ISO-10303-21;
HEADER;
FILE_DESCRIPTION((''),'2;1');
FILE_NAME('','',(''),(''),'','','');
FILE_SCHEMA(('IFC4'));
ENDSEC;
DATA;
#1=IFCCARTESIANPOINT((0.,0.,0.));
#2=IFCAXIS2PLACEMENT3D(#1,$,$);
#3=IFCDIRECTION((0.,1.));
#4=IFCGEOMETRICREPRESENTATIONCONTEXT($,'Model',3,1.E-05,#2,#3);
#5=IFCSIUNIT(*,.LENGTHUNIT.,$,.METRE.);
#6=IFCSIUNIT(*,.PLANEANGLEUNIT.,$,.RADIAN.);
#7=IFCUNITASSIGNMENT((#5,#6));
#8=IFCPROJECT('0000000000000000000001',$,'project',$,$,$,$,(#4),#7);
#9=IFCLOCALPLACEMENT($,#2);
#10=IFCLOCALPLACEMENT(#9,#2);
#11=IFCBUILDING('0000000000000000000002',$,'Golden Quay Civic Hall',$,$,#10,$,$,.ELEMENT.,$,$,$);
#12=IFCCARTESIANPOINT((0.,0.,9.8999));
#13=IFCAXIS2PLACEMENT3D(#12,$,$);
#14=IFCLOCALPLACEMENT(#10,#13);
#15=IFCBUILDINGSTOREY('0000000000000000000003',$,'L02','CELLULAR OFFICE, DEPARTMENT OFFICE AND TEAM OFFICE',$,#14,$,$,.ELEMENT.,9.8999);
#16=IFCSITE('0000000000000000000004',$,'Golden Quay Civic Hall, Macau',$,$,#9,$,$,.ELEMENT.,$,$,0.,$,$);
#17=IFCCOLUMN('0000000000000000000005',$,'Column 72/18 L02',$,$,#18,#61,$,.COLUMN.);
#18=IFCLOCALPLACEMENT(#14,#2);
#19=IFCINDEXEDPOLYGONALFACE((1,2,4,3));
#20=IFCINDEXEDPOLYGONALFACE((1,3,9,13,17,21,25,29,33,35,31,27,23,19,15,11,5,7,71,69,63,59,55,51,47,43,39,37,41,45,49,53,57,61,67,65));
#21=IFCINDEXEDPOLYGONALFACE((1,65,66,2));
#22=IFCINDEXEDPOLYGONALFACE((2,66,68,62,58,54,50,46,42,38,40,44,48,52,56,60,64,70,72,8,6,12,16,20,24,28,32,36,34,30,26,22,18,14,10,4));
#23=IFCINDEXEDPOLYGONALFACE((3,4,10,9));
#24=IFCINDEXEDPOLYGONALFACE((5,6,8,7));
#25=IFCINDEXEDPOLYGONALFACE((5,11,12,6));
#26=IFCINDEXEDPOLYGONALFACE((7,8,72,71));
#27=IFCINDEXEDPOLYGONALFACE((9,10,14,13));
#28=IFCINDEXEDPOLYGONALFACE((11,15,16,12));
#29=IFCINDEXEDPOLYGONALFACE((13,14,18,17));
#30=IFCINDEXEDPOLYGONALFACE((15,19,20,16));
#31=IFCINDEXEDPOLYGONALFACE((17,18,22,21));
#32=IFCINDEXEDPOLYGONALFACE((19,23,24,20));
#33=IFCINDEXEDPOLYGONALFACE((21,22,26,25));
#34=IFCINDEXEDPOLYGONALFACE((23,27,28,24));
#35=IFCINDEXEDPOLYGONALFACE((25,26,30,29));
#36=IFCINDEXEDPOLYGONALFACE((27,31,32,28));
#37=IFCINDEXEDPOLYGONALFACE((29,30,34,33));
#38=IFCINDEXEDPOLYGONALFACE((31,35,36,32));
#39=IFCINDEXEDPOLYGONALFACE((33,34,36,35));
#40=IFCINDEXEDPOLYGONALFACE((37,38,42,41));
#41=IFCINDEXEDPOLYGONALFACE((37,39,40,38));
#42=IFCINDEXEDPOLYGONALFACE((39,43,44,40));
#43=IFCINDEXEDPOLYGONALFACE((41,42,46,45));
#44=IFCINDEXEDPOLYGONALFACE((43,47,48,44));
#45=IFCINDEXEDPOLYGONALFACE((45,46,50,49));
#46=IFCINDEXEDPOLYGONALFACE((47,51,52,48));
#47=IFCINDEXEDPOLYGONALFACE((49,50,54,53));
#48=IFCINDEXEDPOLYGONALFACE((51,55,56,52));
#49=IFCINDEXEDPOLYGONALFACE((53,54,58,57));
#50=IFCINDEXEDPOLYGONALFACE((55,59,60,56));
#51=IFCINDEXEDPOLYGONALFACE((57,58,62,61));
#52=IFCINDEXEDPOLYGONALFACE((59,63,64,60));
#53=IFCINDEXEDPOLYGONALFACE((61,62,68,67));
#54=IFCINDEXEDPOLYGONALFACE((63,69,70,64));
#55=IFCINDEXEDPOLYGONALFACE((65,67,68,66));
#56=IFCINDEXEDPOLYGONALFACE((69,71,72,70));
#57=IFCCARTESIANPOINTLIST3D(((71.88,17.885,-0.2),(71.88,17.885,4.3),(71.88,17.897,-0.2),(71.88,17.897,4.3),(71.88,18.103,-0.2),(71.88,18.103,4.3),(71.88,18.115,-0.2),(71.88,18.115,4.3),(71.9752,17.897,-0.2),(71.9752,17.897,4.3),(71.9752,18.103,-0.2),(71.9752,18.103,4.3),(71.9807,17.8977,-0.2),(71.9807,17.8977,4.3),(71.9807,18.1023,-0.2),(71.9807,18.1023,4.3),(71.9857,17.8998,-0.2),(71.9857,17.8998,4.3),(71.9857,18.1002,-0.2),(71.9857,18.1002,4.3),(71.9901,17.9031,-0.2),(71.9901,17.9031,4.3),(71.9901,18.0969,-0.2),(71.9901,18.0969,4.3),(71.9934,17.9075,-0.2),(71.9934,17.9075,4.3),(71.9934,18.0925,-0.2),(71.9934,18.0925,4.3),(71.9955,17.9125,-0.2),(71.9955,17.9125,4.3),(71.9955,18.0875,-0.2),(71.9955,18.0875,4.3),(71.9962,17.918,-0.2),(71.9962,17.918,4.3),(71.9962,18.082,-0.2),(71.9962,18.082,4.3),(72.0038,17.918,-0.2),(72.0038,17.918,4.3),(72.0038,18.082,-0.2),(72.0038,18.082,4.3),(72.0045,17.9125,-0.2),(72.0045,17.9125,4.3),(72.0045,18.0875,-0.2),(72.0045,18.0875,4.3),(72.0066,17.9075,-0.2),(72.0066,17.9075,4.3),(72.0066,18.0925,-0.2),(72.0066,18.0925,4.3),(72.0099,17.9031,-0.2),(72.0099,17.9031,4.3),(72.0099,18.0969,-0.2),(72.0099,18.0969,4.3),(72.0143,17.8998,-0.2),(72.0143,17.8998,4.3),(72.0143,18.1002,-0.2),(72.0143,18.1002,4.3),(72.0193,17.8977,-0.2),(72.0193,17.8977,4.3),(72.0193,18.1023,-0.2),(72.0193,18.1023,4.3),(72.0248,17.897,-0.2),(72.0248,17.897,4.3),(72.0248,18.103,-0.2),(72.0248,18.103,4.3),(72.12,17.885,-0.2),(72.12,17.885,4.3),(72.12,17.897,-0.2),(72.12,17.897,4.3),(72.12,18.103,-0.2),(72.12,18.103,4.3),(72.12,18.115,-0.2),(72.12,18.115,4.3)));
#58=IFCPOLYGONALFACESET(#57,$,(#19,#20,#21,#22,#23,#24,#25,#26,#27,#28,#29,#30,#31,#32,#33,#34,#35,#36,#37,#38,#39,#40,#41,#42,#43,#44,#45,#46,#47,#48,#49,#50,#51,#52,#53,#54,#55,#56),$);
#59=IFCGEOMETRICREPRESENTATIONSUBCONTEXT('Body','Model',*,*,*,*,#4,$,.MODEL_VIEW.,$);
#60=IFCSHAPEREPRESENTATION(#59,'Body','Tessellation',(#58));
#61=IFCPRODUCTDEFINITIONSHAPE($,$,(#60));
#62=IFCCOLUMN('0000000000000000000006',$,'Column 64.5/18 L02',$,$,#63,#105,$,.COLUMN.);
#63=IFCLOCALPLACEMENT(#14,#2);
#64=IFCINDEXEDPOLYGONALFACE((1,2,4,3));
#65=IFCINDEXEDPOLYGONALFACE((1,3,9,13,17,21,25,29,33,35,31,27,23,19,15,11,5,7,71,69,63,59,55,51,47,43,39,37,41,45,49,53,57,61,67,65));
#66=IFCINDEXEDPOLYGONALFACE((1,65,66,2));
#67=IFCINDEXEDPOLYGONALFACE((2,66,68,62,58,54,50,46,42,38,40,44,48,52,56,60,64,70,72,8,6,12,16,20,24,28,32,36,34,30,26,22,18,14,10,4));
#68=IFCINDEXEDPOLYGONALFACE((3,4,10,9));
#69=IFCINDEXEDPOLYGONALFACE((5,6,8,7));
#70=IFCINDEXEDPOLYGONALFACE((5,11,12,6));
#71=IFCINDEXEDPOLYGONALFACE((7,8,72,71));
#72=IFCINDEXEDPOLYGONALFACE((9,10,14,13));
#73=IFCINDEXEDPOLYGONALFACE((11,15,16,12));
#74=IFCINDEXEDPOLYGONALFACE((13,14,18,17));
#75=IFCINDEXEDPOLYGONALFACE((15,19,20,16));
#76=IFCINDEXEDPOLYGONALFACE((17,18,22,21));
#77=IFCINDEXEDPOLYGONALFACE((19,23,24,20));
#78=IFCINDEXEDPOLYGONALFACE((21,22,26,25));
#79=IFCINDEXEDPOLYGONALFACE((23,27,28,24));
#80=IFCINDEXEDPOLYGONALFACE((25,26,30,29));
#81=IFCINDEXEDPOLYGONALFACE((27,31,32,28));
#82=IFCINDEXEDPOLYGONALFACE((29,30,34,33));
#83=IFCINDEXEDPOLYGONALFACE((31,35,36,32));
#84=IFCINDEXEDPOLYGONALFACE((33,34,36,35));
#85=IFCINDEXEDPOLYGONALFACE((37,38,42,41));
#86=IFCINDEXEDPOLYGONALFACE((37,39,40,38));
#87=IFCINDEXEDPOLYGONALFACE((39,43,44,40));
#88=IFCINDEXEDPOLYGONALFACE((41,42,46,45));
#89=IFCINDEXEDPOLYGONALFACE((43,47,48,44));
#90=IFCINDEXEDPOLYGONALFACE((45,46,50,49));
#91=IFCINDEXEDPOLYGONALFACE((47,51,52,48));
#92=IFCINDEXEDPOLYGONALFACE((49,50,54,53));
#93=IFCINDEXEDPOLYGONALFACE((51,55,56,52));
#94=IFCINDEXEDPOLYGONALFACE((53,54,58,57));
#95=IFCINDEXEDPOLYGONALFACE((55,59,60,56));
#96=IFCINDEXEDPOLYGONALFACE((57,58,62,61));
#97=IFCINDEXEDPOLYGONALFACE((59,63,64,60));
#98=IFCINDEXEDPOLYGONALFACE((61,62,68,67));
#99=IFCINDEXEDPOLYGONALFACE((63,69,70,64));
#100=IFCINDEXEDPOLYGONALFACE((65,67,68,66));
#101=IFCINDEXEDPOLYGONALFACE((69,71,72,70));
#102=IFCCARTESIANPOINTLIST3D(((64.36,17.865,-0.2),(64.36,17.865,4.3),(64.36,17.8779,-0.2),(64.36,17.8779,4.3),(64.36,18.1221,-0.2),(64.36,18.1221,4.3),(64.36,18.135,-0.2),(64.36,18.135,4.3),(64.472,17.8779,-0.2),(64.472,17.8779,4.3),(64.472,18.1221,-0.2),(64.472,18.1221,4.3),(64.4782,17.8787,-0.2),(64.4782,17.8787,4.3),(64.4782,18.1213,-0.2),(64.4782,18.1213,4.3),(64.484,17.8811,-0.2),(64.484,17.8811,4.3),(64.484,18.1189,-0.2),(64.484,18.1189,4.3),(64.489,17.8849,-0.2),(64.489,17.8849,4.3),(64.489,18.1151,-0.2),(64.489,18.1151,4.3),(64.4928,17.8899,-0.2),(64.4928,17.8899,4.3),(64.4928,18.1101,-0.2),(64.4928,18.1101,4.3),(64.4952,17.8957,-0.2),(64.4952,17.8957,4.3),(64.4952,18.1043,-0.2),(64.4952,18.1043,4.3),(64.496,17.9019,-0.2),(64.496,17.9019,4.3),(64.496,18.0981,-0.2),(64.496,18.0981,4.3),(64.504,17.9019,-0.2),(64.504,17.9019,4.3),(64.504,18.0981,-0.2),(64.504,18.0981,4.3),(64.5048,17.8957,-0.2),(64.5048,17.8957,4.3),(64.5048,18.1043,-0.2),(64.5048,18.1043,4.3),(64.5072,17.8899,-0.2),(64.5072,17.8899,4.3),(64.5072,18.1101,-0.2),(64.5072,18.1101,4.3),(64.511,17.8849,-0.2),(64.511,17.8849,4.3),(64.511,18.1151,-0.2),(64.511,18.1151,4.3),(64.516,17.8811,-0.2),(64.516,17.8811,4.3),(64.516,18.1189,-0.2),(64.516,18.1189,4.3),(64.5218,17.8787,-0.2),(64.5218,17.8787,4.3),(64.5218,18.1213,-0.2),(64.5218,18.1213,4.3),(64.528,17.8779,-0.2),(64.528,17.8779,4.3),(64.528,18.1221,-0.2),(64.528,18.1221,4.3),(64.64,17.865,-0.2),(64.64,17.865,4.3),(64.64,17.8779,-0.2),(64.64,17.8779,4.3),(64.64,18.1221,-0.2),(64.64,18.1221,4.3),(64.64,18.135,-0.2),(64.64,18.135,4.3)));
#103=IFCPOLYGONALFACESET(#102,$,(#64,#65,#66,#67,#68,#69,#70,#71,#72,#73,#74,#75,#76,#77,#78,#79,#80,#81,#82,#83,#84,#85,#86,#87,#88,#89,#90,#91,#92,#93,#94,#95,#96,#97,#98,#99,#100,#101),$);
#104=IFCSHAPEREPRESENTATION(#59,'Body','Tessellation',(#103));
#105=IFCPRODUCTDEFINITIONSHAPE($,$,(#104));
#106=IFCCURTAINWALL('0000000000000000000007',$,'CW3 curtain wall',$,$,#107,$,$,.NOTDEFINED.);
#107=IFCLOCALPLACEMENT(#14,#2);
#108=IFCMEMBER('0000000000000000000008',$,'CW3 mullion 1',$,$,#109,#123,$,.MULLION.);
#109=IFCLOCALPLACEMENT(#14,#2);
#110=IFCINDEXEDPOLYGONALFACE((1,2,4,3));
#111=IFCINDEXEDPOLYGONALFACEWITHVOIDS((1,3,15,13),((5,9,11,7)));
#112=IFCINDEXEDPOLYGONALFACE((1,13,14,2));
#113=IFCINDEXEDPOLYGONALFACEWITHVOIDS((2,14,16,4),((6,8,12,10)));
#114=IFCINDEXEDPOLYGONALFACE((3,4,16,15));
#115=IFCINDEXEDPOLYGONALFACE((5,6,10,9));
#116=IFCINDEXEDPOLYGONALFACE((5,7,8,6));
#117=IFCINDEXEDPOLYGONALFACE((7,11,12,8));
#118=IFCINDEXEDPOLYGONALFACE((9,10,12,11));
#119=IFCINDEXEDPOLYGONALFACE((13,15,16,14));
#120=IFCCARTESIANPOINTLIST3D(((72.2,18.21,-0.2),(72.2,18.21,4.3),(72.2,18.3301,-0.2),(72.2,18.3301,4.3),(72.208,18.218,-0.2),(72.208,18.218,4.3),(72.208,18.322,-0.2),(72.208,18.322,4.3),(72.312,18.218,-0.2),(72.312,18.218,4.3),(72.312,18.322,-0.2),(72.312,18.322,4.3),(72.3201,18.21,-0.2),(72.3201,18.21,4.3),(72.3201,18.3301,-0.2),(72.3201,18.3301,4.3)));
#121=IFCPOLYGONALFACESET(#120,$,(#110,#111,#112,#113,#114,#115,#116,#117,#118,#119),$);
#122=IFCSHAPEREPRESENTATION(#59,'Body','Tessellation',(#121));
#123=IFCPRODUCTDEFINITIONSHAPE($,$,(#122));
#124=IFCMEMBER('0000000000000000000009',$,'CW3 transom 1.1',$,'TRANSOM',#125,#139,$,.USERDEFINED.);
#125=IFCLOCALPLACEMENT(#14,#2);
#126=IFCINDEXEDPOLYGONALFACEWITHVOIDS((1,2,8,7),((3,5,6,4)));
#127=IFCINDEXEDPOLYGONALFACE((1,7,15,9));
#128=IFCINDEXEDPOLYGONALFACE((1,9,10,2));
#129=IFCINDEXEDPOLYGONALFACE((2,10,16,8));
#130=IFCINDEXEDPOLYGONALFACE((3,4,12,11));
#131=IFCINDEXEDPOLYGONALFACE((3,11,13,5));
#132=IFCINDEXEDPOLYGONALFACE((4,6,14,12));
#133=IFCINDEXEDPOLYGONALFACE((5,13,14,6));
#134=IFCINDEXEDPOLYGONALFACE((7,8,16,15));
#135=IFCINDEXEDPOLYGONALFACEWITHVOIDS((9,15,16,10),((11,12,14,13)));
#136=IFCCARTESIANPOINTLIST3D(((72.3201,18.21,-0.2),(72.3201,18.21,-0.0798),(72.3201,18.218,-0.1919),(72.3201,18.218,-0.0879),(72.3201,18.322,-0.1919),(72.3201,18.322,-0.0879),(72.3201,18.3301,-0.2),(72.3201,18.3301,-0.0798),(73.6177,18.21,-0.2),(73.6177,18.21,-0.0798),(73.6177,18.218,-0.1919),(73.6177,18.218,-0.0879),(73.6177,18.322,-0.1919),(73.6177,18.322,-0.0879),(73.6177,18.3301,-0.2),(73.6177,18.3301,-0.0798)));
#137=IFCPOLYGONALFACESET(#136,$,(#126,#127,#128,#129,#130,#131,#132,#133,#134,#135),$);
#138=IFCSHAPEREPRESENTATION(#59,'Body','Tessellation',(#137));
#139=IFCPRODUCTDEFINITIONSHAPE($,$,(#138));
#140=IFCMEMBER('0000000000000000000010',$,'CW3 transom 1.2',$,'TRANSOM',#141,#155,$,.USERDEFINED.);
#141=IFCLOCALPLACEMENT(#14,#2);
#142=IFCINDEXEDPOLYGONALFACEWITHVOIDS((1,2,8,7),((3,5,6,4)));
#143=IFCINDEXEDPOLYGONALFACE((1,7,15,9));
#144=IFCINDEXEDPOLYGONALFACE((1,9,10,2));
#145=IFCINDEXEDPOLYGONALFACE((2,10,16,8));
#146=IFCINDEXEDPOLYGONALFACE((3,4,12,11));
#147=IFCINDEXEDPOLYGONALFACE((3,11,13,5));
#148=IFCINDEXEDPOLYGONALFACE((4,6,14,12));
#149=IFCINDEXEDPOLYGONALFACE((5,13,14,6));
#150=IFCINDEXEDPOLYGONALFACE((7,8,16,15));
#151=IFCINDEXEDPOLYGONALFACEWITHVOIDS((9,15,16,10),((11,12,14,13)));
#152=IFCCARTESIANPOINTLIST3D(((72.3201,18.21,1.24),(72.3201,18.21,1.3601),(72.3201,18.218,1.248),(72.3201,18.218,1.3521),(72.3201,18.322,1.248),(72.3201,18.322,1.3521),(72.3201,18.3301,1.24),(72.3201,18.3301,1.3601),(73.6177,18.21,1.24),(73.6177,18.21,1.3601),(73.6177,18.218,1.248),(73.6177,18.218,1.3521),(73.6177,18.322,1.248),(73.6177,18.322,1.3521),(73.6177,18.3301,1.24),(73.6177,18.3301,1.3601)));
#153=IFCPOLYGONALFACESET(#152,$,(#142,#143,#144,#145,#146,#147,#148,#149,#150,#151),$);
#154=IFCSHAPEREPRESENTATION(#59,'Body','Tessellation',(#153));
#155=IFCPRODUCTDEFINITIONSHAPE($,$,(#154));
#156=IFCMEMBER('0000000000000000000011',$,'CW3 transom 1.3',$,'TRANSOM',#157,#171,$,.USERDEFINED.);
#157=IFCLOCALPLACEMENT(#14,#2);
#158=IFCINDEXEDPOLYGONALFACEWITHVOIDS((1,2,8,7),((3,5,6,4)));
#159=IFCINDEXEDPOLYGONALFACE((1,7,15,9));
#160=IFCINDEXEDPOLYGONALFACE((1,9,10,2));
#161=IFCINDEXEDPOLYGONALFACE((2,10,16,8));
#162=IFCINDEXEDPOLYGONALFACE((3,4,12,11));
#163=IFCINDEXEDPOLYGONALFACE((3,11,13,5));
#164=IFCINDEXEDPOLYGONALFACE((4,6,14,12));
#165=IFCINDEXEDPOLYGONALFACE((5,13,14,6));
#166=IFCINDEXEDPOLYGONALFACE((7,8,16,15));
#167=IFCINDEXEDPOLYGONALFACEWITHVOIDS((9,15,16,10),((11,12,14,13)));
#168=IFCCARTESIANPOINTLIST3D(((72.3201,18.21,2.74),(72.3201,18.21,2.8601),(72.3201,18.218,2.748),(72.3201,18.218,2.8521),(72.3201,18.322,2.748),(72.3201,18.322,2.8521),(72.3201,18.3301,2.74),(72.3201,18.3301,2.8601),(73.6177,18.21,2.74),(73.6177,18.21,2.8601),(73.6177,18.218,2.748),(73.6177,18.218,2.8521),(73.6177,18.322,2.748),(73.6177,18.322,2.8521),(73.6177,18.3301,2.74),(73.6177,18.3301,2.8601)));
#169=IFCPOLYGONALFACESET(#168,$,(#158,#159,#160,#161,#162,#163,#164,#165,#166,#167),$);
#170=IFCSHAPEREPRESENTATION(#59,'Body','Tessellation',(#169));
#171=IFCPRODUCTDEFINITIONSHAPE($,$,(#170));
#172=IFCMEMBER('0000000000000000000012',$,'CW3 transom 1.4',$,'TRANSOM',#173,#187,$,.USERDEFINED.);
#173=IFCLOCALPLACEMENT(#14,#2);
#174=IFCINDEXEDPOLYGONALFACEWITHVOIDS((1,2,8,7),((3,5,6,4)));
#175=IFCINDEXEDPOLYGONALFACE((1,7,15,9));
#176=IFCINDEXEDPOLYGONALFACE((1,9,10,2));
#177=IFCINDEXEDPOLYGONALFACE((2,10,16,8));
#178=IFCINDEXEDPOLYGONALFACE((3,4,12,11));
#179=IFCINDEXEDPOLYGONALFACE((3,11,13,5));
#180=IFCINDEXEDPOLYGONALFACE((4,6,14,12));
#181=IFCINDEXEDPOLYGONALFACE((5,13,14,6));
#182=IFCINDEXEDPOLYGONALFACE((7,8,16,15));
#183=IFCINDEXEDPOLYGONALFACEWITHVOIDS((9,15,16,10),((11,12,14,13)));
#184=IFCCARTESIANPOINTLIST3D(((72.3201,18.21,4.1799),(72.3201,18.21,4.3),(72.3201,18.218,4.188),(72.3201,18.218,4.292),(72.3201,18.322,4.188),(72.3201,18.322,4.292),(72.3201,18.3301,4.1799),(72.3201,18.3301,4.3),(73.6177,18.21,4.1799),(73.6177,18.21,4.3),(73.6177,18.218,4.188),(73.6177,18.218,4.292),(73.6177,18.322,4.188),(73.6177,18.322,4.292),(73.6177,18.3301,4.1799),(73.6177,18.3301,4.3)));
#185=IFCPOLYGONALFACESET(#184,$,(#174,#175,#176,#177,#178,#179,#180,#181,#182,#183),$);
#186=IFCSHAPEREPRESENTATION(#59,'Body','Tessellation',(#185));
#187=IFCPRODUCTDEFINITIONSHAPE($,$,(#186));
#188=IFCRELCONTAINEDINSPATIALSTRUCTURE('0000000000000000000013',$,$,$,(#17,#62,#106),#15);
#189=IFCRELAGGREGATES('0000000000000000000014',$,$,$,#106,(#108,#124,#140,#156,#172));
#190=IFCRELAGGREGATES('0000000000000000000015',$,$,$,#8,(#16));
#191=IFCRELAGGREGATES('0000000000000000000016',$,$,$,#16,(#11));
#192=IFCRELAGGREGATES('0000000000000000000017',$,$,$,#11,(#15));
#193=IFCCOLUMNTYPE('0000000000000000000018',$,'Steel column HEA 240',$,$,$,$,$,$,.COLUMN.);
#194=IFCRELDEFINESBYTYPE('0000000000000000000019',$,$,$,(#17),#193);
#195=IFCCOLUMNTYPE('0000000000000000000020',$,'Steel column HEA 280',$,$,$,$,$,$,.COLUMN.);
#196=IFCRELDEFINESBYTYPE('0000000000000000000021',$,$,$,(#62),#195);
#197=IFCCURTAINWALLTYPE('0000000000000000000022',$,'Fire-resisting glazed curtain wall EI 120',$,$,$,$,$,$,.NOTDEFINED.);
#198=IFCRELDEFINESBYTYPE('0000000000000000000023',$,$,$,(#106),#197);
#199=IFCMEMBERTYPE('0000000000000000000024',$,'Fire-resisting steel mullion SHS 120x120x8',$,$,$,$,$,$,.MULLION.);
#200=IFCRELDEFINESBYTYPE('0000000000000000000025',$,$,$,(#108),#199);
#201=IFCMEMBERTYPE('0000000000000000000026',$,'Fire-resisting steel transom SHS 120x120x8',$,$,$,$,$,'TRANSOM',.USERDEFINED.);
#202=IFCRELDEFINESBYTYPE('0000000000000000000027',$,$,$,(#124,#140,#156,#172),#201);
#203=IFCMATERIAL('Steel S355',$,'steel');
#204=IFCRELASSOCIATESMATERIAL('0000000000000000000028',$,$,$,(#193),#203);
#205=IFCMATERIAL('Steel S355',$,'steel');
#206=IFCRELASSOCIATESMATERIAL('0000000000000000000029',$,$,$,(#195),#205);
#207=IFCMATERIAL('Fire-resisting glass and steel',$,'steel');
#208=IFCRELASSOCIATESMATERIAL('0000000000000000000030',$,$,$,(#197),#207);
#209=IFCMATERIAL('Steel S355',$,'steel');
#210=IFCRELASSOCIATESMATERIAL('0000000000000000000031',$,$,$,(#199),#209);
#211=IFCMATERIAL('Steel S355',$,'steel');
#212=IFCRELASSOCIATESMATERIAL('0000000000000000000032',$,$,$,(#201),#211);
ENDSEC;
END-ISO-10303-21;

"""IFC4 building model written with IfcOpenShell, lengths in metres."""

from ifc_helpers import new_model, si_unit, direction, frame, origin, origin_2d, place, context, subcontext, project, spatial, hollow_rectangle, i_section, extrude, material, material_profile, profile_set, type_object, element, aggregate, save


model = new_model("IFC4")

# Units and contexts
model_context = context("Model", 3, precision=1e-05, world=origin(), true_north=direction((0.0, 1.0)))
body_context = subcontext(model_context, "Body", "Model", "MODEL_VIEW")
ifc_project = project(units=[si_unit("LENGTHUNIT", "METRE"), si_unit("PLANEANGLEUNIT", "RADIAN")], contexts=[model_context])

# Site, building, storey
site_placement = place(None, origin())
site = spatial("IfcSite", under=ifc_project, at=site_placement, Name="Golden Quay Civic Hall, Macau", CompositionType="ELEMENT", RefElevation=0.0)
building_placement = place(site_placement, origin())
building = spatial("IfcBuilding", under=site, at=building_placement, Name="Golden Quay Civic Hall", CompositionType="ELEMENT")
storey_placement = place(building_placement, frame((0.0, 0.0, 9.8999)))
storey = spatial("IfcBuildingStorey", under=building, at=storey_placement, Name="L02", Description="CELLULAR OFFICE, DEPARTMENT OFFICE AND TEAM OFFICE", CompositionType="ELEMENT", Elevation=9.8999)

# Columns
ifc_material_1 = material(Name="Steel S355", Category="steel")
ifc_material_profile_1 = material_profile(ifc_material_1, i_section(OverallWidth=0.24, OverallDepth=0.23, WebThickness=0.0076, FlangeThickness=0.012, FilletRadius=0.021, at=origin_2d()), Name="HEA 240")
ifc_profile_set_1 = profile_set([ifc_material_profile_1], Name="Steel S355")
column_type_1 = type_object("IfcColumnType", Name="Steel column HEA 240", PredefinedType="COLUMN", material=ifc_profile_set_1)
column_1_placement = place(storey_placement, frame((72.0, 18.0, -0.2), z_axis=(0.0, 0.0, 1.0), x_axis=(1.0, 0.0, 0.0)))
element("IfcColumn", 1, at=column_1_placement, inside=storey, type_object=column_type_1, Name="Column 72/18 L02", PredefinedType="COLUMN", context=body_context, shape_type="SweptSolid", body=[
    extrude(i_section(OverallWidth=0.24, OverallDepth=0.23, WebThickness=0.0076, FlangeThickness=0.012, FilletRadius=0.021, at=origin_2d()), origin(), (0.0, 0.0, 1.0), 4.5),
])
ifc_material_2 = material(Name="Steel S355", Category="steel")
ifc_material_profile_2 = material_profile(ifc_material_2, i_section(OverallWidth=0.28, OverallDepth=0.27, WebThickness=0.0081, FlangeThickness=0.0129, FilletRadius=0.0239, at=origin_2d()), Name="HEA 280")
ifc_profile_set_2 = profile_set([ifc_material_profile_2], Name="Steel S355")
column_type_2 = type_object("IfcColumnType", Name="Steel column HEA 280", PredefinedType="COLUMN", material=ifc_profile_set_2)
column_2_placement = place(storey_placement, frame((64.5, 18.0, -0.2), z_axis=(0.0, 0.0, 1.0), x_axis=(1.0, 0.0, 0.0)))
element("IfcColumn", 2, at=column_2_placement, inside=storey, type_object=column_type_2, Name="Column 64.5/18 L02", PredefinedType="COLUMN", context=body_context, shape_type="SweptSolid", body=[
    extrude(i_section(OverallWidth=0.28, OverallDepth=0.27, WebThickness=0.0081, FlangeThickness=0.0129, FilletRadius=0.0239, at=origin_2d()), origin(), (0.0, 0.0, 1.0), 4.5),
])

# Curtain wall, members
ifc_material_3 = material(Name="Fire-resisting glass and steel", Category="steel")
curtain_wall_type = type_object("IfcCurtainWallType", Name="Fire-resisting glazed curtain wall EI 120", PredefinedType="NOTDEFINED", material=ifc_material_3)
curtain_wall_placement = place(storey_placement, origin())
curtain_wall = element("IfcCurtainWall", 3, at=curtain_wall_placement, inside=storey, type_object=curtain_wall_type, Name="CW3 curtain wall", PredefinedType="NOTDEFINED")
ifc_material_4 = material(Name="Steel S355", Category="steel")
ifc_material_profile_3 = material_profile(ifc_material_4, hollow_rectangle(XDim=0.1201, YDim=0.1201, WallThickness=0.0081, at=origin_2d()), Name="SHS 120x120x8")
ifc_profile_set_3 = profile_set([ifc_material_profile_3], Name="Steel S355")
member_type_1 = type_object("IfcMemberType", Name="Fire-resisting steel mullion SHS 120x120x8", PredefinedType="MULLION", material=ifc_profile_set_3)
member_1_placement = place(storey_placement, frame((72.26, 18.27, -0.2), z_axis=(0.0, 0.0, 1.0), x_axis=(0.0, 1.0, 0.0)))
member_1 = element("IfcMember", 4, at=member_1_placement, type_object=member_type_1, Name="CW3 mullion 1", PredefinedType="MULLION", context=body_context, shape_type="SweptSolid", body=[
    extrude(hollow_rectangle(XDim=0.1201, YDim=0.1201, WallThickness=0.0081, at=origin_2d()), origin(), (0.0, 0.0, 1.0), 4.5),
])
ifc_material_5 = material(Name="Steel S355", Category="steel")
ifc_material_profile_4 = material_profile(ifc_material_5, hollow_rectangle(XDim=0.1201, YDim=0.1201, WallThickness=0.0081, at=origin_2d()), Name="SHS 120x120x8")
ifc_profile_set_4 = profile_set([ifc_material_profile_4], Name="Steel S355")
member_type_2 = type_object("IfcMemberType", Name="Fire-resisting steel transom SHS 120x120x8", ElementType="TRANSOM", PredefinedType="USERDEFINED", material=ifc_profile_set_4)
member_2_placement = place(storey_placement, frame((72.3201, 18.27, -0.1399), z_axis=(1.0, 0.0, 0.0), x_axis=(0.0, 1.0, 0.0)))
member_2 = element("IfcMember", 5, at=member_2_placement, type_object=member_type_2, Name="CW3 transom 1.1", ObjectType="TRANSOM", PredefinedType="USERDEFINED", context=body_context, shape_type="SweptSolid", body=[
    extrude(hollow_rectangle(XDim=0.1201, YDim=0.1201, WallThickness=0.0081, at=origin_2d()), origin(), (0.0, 0.0, 1.0), 1.2976),
])
member_3_placement = place(storey_placement, frame((72.3201, 18.27, 1.3), z_axis=(1.0, 0.0, 0.0), x_axis=(0.0, 1.0, 0.0)))
member_3 = element("IfcMember", 6, at=member_3_placement, type_object=member_type_2, Name="CW3 transom 1.2", ObjectType="TRANSOM", PredefinedType="USERDEFINED", context=body_context, shape_type="SweptSolid", body=[
    extrude(hollow_rectangle(XDim=0.1201, YDim=0.1201, WallThickness=0.0081, at=origin_2d()), origin(), (0.0, 0.0, 1.0), 1.2976),
])
member_4_placement = place(storey_placement, frame((72.3201, 18.27, 2.8), z_axis=(1.0, 0.0, 0.0), x_axis=(0.0, 1.0, 0.0)))
member_4 = element("IfcMember", 7, at=member_4_placement, type_object=member_type_2, Name="CW3 transom 1.3", ObjectType="TRANSOM", PredefinedType="USERDEFINED", context=body_context, shape_type="SweptSolid", body=[
    extrude(hollow_rectangle(XDim=0.1201, YDim=0.1201, WallThickness=0.0081, at=origin_2d()), origin(), (0.0, 0.0, 1.0), 1.2976),
])
member_5_placement = place(storey_placement, frame((72.3201, 18.27, 4.24), z_axis=(1.0, 0.0, 0.0), x_axis=(0.0, 1.0, 0.0)))
member_5 = element("IfcMember", 8, at=member_5_placement, type_object=member_type_2, Name="CW3 transom 1.4", ObjectType="TRANSOM", PredefinedType="USERDEFINED", context=body_context, shape_type="SweptSolid", body=[
    extrude(hollow_rectangle(XDim=0.1201, YDim=0.1201, WallThickness=0.0081, at=origin_2d()), origin(), (0.0, 0.0, 1.0), 1.2976),
])

aggregate(curtain_wall, [member_1, member_2, member_3, member_4, member_5])

save(model, "model.ifc")
